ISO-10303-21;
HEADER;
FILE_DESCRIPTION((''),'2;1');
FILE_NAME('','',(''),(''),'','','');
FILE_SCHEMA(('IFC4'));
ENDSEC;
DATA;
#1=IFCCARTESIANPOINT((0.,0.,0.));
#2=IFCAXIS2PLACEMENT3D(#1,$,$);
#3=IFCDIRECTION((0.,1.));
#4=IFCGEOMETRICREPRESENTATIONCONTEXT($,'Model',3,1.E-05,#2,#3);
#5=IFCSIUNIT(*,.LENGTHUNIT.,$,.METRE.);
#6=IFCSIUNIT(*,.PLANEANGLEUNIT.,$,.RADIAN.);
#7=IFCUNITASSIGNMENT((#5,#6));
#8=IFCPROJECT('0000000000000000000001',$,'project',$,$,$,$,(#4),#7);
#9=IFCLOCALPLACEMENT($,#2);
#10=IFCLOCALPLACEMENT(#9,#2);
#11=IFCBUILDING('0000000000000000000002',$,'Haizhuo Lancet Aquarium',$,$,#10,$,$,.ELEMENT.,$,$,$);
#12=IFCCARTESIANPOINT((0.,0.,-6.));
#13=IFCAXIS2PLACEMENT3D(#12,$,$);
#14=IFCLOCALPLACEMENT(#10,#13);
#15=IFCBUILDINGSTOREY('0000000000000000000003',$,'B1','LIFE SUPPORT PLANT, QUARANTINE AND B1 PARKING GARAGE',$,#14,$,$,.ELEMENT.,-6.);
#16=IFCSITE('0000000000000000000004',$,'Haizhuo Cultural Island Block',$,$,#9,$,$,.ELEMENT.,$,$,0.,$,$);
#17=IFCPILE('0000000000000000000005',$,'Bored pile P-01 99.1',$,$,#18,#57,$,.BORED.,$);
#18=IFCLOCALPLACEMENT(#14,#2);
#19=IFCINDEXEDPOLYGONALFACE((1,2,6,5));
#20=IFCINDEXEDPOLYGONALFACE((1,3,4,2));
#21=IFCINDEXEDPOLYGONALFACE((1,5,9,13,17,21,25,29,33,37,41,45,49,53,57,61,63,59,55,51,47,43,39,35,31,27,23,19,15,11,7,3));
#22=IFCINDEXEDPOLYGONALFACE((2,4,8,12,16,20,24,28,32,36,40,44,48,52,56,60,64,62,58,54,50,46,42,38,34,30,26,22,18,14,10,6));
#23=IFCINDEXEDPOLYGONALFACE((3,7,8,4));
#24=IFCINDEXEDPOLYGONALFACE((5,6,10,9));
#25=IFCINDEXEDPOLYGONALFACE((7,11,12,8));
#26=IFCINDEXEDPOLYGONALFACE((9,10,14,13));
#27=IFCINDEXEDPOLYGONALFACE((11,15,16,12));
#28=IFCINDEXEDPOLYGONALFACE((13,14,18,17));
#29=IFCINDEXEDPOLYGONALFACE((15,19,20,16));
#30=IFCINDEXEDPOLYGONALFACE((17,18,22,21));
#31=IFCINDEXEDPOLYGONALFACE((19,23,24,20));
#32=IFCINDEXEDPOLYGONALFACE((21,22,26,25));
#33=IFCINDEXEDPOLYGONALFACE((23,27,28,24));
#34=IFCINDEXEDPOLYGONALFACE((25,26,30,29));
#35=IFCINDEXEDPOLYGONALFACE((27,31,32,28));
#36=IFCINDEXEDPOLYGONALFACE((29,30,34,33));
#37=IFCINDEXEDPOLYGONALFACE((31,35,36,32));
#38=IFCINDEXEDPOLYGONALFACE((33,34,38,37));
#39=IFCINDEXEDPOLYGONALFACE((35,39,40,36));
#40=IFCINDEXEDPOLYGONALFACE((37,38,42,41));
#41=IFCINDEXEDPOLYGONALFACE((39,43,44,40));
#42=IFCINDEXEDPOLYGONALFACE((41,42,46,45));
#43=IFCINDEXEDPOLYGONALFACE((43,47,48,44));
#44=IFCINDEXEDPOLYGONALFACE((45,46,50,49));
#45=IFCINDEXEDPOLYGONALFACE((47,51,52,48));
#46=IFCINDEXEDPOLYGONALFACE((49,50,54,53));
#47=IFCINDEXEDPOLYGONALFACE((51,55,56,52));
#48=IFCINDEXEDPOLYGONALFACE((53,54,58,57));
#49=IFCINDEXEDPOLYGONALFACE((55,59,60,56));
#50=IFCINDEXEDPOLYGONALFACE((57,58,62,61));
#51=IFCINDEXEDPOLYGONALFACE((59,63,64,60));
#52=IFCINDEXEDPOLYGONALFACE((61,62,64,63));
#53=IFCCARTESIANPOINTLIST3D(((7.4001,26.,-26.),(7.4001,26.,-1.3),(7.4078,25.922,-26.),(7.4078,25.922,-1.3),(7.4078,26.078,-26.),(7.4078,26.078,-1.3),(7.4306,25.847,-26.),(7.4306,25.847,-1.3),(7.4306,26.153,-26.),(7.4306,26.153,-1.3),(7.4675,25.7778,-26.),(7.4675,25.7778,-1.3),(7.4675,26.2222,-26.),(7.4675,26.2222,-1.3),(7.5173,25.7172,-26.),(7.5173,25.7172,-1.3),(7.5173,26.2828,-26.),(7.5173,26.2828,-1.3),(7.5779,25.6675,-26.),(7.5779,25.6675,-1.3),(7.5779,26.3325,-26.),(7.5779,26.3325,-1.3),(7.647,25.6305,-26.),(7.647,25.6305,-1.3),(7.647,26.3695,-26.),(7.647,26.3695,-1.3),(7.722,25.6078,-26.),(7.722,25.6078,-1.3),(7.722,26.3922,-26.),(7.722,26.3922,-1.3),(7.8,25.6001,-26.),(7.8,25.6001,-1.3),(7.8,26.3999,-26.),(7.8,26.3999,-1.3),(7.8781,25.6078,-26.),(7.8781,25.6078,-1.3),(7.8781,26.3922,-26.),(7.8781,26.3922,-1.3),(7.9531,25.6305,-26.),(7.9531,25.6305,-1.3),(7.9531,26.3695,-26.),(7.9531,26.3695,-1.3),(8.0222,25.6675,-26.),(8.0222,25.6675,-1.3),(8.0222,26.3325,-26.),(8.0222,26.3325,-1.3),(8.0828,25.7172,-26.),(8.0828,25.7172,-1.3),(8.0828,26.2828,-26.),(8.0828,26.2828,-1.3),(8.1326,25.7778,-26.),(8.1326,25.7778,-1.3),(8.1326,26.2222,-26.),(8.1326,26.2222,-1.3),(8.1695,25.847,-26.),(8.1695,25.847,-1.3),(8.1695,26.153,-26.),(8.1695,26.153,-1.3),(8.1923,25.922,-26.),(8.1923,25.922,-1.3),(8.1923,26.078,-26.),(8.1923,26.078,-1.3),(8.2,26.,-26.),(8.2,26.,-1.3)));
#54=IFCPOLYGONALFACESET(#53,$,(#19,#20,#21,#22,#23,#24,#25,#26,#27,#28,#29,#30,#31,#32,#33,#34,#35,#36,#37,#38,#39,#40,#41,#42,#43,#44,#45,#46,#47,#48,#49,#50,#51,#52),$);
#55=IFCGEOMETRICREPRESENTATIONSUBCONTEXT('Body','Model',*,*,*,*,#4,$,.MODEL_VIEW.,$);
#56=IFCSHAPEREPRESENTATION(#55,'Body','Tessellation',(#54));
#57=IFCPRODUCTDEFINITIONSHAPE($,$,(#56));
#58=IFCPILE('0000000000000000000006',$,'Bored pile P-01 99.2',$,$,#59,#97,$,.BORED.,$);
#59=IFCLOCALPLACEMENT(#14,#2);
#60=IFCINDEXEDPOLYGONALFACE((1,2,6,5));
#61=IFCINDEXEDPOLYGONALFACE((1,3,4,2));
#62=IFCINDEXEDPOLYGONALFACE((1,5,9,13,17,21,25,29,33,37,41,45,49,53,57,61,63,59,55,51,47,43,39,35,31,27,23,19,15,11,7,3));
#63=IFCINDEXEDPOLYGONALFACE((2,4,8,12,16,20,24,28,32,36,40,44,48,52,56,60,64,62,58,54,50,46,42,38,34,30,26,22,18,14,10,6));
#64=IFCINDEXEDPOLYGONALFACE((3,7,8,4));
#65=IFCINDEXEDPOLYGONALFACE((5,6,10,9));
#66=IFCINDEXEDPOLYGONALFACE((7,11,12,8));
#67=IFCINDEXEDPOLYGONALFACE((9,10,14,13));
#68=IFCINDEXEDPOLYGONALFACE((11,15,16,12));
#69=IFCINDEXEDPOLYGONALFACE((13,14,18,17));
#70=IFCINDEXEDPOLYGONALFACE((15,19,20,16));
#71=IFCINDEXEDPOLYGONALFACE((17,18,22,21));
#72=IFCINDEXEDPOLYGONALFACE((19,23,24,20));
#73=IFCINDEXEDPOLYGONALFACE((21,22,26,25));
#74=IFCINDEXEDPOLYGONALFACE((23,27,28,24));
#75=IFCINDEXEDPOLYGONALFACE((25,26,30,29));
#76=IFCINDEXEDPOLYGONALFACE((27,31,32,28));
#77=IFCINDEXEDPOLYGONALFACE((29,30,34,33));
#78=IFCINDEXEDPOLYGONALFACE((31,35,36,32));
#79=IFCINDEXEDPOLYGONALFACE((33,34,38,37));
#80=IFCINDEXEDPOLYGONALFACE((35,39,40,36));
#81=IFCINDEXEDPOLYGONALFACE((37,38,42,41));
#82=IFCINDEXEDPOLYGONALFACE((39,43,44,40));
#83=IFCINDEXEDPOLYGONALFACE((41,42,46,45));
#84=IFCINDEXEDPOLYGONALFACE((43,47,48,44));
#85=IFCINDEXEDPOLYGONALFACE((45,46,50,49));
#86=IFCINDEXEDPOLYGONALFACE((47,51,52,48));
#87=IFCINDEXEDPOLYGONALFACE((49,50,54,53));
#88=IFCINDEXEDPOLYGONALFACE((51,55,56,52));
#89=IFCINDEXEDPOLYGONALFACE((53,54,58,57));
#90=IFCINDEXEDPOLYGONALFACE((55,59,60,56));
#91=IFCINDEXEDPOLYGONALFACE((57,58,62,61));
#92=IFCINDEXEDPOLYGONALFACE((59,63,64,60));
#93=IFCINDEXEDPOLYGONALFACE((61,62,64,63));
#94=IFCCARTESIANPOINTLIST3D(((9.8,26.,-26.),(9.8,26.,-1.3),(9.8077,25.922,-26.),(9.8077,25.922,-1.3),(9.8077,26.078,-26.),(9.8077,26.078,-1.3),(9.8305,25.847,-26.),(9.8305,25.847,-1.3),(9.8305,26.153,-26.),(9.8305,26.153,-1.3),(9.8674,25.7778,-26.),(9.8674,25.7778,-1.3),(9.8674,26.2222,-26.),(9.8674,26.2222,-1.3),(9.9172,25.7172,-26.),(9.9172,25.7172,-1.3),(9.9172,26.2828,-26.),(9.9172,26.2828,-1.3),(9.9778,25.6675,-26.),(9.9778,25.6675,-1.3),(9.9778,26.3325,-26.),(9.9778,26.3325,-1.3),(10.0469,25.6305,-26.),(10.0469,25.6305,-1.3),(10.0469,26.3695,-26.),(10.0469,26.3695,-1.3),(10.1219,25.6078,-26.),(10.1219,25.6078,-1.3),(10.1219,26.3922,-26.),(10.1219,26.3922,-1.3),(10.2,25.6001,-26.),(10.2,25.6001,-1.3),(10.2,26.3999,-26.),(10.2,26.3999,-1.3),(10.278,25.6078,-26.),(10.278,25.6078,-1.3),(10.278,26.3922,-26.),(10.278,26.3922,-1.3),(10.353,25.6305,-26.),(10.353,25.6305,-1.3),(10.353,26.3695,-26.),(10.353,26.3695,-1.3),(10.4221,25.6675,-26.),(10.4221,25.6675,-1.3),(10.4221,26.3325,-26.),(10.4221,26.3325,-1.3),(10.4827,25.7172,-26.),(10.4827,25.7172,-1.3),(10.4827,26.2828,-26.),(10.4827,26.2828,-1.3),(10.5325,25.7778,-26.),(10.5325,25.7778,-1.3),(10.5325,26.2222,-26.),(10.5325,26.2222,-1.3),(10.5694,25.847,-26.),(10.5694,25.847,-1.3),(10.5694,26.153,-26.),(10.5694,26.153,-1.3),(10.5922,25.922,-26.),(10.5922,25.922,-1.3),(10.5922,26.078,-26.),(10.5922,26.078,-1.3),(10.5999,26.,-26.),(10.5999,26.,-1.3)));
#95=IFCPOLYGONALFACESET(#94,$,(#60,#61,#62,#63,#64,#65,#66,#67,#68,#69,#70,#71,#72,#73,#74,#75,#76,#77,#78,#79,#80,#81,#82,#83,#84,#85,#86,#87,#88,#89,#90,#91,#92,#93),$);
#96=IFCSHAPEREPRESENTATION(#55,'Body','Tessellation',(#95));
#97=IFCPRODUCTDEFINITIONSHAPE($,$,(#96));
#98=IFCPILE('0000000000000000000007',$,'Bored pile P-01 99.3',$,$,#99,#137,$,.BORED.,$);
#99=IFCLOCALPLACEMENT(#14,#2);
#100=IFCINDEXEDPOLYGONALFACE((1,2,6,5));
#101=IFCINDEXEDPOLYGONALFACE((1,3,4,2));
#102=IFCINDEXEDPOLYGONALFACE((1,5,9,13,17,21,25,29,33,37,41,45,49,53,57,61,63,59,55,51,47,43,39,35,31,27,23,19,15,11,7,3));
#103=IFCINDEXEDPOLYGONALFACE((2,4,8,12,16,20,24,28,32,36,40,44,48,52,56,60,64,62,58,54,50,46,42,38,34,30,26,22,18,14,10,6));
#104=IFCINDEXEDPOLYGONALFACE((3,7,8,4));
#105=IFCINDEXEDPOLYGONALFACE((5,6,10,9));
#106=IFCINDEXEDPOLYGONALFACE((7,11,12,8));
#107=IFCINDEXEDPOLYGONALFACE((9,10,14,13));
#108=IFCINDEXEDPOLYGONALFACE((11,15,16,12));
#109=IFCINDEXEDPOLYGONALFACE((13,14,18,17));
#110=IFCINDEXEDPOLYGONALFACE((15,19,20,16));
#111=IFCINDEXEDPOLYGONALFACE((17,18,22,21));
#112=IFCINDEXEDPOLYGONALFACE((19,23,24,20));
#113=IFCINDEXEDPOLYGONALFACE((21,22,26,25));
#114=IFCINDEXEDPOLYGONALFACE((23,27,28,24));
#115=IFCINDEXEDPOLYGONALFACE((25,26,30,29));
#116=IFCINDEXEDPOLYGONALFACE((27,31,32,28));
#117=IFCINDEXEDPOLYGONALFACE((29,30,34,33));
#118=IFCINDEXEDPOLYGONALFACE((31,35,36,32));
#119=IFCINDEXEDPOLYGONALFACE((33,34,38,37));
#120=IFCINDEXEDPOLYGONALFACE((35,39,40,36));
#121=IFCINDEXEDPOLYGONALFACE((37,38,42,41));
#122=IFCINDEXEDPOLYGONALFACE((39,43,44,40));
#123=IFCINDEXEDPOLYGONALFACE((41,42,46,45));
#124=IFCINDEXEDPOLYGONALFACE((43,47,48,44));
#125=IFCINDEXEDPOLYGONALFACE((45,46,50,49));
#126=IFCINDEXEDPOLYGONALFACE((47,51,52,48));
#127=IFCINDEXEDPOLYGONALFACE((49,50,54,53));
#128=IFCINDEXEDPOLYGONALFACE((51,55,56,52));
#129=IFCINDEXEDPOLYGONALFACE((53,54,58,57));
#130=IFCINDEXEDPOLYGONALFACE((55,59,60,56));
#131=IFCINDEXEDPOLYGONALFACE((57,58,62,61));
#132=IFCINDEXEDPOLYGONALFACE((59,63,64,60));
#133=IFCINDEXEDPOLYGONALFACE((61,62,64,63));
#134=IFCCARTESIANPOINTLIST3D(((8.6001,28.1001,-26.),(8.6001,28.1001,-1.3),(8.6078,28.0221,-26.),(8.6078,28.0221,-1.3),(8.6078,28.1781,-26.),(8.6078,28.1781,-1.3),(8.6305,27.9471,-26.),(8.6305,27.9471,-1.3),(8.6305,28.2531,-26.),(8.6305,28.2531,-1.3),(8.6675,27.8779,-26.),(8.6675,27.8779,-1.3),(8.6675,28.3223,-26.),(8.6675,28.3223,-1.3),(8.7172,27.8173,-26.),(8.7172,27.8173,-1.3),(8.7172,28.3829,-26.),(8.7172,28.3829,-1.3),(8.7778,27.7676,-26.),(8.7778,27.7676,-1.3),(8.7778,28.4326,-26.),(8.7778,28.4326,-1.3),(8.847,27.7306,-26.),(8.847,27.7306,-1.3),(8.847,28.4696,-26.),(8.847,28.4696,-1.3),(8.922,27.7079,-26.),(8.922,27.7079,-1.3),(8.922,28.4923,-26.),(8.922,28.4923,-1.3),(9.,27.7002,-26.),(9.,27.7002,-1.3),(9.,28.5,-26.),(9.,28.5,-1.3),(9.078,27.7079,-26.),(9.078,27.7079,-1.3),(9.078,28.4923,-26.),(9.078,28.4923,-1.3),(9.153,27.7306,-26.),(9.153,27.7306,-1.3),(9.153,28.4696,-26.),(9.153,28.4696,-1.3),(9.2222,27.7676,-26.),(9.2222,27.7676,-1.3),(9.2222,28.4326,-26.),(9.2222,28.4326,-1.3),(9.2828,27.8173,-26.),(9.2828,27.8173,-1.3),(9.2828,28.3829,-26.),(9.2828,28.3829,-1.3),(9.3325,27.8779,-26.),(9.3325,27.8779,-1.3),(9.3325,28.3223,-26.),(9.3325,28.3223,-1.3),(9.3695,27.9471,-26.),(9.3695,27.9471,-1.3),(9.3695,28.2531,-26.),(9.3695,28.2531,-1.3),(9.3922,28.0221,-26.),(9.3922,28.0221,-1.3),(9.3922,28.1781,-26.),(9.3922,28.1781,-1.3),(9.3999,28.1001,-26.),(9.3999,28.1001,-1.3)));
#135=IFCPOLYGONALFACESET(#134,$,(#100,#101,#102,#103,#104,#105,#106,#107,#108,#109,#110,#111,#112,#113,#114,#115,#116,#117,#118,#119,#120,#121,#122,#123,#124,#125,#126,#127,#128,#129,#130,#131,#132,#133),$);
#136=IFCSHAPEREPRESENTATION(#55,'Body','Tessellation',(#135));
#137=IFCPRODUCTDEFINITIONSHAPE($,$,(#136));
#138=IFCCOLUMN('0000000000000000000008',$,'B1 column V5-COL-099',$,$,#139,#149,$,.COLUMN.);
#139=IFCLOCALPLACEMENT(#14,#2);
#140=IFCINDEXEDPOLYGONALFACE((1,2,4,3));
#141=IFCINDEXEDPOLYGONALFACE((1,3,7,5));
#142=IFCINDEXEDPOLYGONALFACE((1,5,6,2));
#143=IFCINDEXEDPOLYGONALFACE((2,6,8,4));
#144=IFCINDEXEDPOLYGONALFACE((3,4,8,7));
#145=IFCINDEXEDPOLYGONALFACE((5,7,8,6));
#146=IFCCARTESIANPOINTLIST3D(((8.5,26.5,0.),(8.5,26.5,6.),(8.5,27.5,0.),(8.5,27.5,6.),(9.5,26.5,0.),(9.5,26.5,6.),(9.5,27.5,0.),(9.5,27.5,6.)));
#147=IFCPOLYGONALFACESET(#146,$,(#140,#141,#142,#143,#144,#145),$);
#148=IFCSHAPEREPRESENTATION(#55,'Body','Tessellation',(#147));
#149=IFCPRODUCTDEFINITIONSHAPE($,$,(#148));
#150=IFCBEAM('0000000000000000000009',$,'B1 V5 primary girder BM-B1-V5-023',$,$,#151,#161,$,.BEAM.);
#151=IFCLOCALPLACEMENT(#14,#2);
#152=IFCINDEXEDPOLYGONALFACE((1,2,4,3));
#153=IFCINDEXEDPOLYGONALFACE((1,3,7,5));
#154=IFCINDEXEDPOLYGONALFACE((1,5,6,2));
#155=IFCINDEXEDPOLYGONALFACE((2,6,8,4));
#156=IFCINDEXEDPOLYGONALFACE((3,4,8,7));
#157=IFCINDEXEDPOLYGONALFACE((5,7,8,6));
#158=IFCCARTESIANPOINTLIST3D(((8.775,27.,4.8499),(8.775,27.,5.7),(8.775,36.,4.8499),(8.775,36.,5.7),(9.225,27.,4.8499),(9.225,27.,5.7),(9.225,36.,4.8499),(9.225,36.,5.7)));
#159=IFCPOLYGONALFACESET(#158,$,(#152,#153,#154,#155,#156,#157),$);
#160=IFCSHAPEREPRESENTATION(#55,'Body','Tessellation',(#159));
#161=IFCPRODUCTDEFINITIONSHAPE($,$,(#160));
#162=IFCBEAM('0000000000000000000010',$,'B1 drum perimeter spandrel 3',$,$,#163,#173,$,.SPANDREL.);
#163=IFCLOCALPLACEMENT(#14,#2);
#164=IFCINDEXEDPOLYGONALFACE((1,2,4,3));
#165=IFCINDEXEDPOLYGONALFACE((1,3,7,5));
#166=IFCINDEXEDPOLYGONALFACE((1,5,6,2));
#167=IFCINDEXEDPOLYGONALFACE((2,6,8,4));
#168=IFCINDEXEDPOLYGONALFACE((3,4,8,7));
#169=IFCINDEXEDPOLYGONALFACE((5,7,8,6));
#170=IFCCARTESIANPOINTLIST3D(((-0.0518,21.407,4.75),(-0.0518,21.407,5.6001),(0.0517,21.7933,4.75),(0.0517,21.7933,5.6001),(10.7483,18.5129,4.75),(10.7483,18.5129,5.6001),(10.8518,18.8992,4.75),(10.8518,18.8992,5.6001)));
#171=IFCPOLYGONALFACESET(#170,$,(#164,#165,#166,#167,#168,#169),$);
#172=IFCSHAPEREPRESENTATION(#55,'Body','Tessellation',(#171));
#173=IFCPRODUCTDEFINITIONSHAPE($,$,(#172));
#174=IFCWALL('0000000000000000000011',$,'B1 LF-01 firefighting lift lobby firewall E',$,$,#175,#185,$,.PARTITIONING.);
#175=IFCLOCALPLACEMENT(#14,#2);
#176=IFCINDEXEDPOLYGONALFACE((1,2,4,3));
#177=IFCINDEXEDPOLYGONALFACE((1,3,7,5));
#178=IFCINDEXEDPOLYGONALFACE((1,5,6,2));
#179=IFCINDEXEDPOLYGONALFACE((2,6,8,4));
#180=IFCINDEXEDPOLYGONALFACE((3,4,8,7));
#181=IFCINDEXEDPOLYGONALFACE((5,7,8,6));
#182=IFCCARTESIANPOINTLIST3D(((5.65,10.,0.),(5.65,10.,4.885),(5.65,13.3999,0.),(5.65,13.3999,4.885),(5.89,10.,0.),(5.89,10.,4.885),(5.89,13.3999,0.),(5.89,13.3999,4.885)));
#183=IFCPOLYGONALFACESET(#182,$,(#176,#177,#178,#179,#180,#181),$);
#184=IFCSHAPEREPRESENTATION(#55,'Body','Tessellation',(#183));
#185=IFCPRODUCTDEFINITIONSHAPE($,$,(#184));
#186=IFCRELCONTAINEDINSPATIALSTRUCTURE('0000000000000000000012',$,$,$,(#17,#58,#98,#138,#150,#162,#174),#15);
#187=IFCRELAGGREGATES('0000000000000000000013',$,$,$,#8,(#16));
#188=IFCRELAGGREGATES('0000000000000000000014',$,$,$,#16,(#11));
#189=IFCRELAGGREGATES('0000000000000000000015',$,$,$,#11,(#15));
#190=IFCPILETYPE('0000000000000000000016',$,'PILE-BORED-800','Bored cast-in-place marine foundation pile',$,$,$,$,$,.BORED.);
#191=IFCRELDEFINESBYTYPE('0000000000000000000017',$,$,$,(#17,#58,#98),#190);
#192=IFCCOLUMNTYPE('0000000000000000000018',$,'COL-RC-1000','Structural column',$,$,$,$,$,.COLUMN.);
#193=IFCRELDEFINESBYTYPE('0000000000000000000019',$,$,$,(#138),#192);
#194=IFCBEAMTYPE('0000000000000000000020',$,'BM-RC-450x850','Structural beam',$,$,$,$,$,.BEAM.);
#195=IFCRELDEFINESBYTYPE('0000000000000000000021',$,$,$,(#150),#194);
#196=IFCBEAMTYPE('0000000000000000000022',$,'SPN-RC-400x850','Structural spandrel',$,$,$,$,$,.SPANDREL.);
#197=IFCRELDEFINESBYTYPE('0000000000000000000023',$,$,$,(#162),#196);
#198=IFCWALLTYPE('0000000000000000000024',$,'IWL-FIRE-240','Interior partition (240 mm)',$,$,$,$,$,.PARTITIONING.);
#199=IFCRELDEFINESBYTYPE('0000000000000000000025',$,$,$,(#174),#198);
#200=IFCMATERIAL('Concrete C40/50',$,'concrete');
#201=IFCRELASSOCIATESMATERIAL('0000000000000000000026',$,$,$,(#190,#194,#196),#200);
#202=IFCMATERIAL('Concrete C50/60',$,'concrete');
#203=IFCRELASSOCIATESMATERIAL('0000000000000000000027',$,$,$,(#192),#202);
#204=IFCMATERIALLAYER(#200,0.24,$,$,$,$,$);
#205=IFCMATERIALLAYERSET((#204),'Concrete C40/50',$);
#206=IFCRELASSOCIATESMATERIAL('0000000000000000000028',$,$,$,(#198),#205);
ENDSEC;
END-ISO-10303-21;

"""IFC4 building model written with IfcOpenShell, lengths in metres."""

from ifc_helpers import new_model, si_unit, direction, frame, frame_2d, origin, origin_2d, place, context, subcontext, project, spatial, rectangle, circle, extrude, material, layer, layer_set, material_profile, profile_set, type_object, element, save


model = new_model("IFC4")

# Units and contexts
model_context = context("Model", 3, precision=1e-05, world=origin(), true_north=direction((0.0, 1.0)))
body_context = subcontext(model_context, "Body", "Model", "MODEL_VIEW")
ifc_project = project(units=[si_unit("LENGTHUNIT", "METRE"), si_unit("PLANEANGLEUNIT", "RADIAN")], contexts=[model_context])

# Site, building, storey
site_placement = place(None, origin())
site = spatial("IfcSite", under=ifc_project, at=site_placement, Name="Haizhuo Cultural Island Block", CompositionType="ELEMENT", RefElevation=0.0)
building_placement = place(site_placement, origin())
building = spatial("IfcBuilding", under=site, at=building_placement, Name="Haizhuo Lancet Aquarium", CompositionType="ELEMENT")
storey_placement = place(building_placement, frame((0.0, 0.0, -6.0)))
storey = spatial("IfcBuildingStorey", under=building, at=storey_placement, Name="B1", Description="LIFE SUPPORT PLANT, QUARANTINE AND B1 PARKING GARAGE", CompositionType="ELEMENT", Elevation=-6.0)

# Shared definitions
ifc_material_1 = material(Name="Concrete C40/50", Category="concrete")

# Piles
ifc_material_profile_1 = material_profile(ifc_material_1, circle(Radius=0.3999, at=origin_2d()), Name="PILE-800")
ifc_profile_set_1 = profile_set([ifc_material_profile_1], Name="Concrete C40/50")
pile_type_1 = type_object("IfcPileType", Name="PILE-BORED-800", Description="Bored cast-in-place marine foundation pile", PredefinedType="BORED", material=ifc_profile_set_1)
for number, where, z_axis, x_axis, name in (
    (1, (7.8, 26.0, -1.3), (0.0, 0.0, -1.0), (1.0, 0.0, 0.0), "Bored pile P-01 99.1"),
    (2, (10.2, 26.0, -1.3), (0.0, 0.0, -1.0), (1.0, 0.0, 0.0), "Bored pile P-01 99.2"),
    (3, (9.0, 28.1001, -1.3), (0.0, 0.0, -1.0), (1.0, 0.0, 0.0), "Bored pile P-01 99.3"),
):
    element("IfcPile", number, at=place(storey_placement, frame(where, z_axis=z_axis, x_axis=x_axis)), inside=storey, type_object=pile_type_1, Name=name, PredefinedType="BORED", context=body_context, shape_type="SweptSolid", body=[
        extrude(circle(Radius=0.3999, at=origin_2d()), origin(), (0.0, 0.0, 1.0), 24.7),
    ])

# Column
ifc_material_2 = material(Name="Concrete C50/60", Category="concrete")
ifc_material_profile_2 = material_profile(ifc_material_2, rectangle(XDim=1.0, YDim=1.0, at=origin_2d()), Name="RC-COL 1000x1000")
ifc_profile_set_2 = profile_set([ifc_material_profile_2], Name="Concrete C50/60")
column_type_1 = type_object("IfcColumnType", Name="COL-RC-1000", Description="Structural column", PredefinedType="COLUMN", material=ifc_profile_set_2)
column_1_placement = place(storey_placement, frame((9.0, 27.0, 0.0), z_axis=(0.0, 0.0, 1.0), x_axis=(1.0, 0.0, 0.0)))
element("IfcColumn", 4, at=column_1_placement, inside=storey, type_object=column_type_1, Name="B1 column V5-COL-099", PredefinedType="COLUMN", context=body_context, shape_type="SweptSolid", body=[
    extrude(rectangle(XDim=1.0, YDim=1.0, at=origin_2d()), origin(), (0.0, 0.0, 1.0), 6.0),
])

# Beams
ifc_material_profile_3 = material_profile(ifc_material_1, rectangle(XDim=0.45, YDim=0.8501, at=origin_2d()), Name="RC-BM 450x850")
ifc_profile_set_3 = profile_set([ifc_material_profile_3], Name="Concrete C40/50")
beam_type_1 = type_object("IfcBeamType", Name="BM-RC-450x850", Description="Structural beam", PredefinedType="BEAM", material=ifc_profile_set_3)
beam_1_placement = place(storey_placement, frame((9.0, 27.0, 5.2749), z_axis=(0.0, 1.0, 0.0), x_axis=(-1.0, 0.0, 0.0)))
element("IfcBeam", 5, at=beam_1_placement, inside=storey, type_object=beam_type_1, Name="B1 V5 primary girder BM-B1-V5-023", PredefinedType="BEAM", context=body_context, shape_type="SweptSolid", body=[
    extrude(rectangle(XDim=0.45, YDim=0.8501, at=origin_2d()), origin(), (0.0, 0.0, 1.0), 9.0),
])
ifc_material_profile_4 = material_profile(ifc_material_1, rectangle(XDim=0.3999, YDim=0.8501, at=origin_2d()), Name="RC-SP 400x850")
ifc_profile_set_4 = profile_set([ifc_material_profile_4], Name="Concrete C40/50")
beam_type_2 = type_object("IfcBeamType", Name="SPN-RC-400x850", Description="Structural spandrel", PredefinedType="SPANDREL", material=ifc_profile_set_4)
beam_2_placement = place(storey_placement, frame((10.8, 18.7061, 5.175), z_axis=(-0.965922, 0.258834, 0.0), x_axis=(-0.258834, -0.965922, 0.0)))
element("IfcBeam", 6, at=beam_2_placement, inside=storey, type_object=beam_type_2, Name="B1 drum perimeter spandrel 3", PredefinedType="SPANDREL", context=body_context, shape_type="SweptSolid", body=[
    extrude(rectangle(XDim=0.3999, YDim=0.8501, at=origin_2d()), origin(), (0.0, 0.0, 1.0), 11.1812),
])

# Wall
ifc_layer_1 = layer(ifc_material_1, 0.24)
ifc_layer_set_1 = layer_set([ifc_layer_1], Name="Concrete C40/50")
wall_type_1 = type_object("IfcWallType", Name="IWL-FIRE-240", Description="Interior partition (240 mm)", PredefinedType="PARTITIONING", material=ifc_layer_set_1)
wall_1_placement = place(storey_placement, frame((5.77, 10.0, 0.0), z_axis=(0.0, 0.0, 1.0), x_axis=(0.0, 1.0, 0.0)))
element("IfcWall", 7, at=wall_1_placement, inside=storey, type_object=wall_type_1, Name="B1 LF-01 firefighting lift lobby firewall E", PredefinedType="PARTITIONING", context=body_context, shape_type="SweptSolid", body=[
    extrude(rectangle(XDim=3.3999, YDim=0.24, at=frame_2d((1.7, 0.0))), origin(), (0.0, 0.0, 1.0), 4.885),
])

save(model, "model.ifc")
